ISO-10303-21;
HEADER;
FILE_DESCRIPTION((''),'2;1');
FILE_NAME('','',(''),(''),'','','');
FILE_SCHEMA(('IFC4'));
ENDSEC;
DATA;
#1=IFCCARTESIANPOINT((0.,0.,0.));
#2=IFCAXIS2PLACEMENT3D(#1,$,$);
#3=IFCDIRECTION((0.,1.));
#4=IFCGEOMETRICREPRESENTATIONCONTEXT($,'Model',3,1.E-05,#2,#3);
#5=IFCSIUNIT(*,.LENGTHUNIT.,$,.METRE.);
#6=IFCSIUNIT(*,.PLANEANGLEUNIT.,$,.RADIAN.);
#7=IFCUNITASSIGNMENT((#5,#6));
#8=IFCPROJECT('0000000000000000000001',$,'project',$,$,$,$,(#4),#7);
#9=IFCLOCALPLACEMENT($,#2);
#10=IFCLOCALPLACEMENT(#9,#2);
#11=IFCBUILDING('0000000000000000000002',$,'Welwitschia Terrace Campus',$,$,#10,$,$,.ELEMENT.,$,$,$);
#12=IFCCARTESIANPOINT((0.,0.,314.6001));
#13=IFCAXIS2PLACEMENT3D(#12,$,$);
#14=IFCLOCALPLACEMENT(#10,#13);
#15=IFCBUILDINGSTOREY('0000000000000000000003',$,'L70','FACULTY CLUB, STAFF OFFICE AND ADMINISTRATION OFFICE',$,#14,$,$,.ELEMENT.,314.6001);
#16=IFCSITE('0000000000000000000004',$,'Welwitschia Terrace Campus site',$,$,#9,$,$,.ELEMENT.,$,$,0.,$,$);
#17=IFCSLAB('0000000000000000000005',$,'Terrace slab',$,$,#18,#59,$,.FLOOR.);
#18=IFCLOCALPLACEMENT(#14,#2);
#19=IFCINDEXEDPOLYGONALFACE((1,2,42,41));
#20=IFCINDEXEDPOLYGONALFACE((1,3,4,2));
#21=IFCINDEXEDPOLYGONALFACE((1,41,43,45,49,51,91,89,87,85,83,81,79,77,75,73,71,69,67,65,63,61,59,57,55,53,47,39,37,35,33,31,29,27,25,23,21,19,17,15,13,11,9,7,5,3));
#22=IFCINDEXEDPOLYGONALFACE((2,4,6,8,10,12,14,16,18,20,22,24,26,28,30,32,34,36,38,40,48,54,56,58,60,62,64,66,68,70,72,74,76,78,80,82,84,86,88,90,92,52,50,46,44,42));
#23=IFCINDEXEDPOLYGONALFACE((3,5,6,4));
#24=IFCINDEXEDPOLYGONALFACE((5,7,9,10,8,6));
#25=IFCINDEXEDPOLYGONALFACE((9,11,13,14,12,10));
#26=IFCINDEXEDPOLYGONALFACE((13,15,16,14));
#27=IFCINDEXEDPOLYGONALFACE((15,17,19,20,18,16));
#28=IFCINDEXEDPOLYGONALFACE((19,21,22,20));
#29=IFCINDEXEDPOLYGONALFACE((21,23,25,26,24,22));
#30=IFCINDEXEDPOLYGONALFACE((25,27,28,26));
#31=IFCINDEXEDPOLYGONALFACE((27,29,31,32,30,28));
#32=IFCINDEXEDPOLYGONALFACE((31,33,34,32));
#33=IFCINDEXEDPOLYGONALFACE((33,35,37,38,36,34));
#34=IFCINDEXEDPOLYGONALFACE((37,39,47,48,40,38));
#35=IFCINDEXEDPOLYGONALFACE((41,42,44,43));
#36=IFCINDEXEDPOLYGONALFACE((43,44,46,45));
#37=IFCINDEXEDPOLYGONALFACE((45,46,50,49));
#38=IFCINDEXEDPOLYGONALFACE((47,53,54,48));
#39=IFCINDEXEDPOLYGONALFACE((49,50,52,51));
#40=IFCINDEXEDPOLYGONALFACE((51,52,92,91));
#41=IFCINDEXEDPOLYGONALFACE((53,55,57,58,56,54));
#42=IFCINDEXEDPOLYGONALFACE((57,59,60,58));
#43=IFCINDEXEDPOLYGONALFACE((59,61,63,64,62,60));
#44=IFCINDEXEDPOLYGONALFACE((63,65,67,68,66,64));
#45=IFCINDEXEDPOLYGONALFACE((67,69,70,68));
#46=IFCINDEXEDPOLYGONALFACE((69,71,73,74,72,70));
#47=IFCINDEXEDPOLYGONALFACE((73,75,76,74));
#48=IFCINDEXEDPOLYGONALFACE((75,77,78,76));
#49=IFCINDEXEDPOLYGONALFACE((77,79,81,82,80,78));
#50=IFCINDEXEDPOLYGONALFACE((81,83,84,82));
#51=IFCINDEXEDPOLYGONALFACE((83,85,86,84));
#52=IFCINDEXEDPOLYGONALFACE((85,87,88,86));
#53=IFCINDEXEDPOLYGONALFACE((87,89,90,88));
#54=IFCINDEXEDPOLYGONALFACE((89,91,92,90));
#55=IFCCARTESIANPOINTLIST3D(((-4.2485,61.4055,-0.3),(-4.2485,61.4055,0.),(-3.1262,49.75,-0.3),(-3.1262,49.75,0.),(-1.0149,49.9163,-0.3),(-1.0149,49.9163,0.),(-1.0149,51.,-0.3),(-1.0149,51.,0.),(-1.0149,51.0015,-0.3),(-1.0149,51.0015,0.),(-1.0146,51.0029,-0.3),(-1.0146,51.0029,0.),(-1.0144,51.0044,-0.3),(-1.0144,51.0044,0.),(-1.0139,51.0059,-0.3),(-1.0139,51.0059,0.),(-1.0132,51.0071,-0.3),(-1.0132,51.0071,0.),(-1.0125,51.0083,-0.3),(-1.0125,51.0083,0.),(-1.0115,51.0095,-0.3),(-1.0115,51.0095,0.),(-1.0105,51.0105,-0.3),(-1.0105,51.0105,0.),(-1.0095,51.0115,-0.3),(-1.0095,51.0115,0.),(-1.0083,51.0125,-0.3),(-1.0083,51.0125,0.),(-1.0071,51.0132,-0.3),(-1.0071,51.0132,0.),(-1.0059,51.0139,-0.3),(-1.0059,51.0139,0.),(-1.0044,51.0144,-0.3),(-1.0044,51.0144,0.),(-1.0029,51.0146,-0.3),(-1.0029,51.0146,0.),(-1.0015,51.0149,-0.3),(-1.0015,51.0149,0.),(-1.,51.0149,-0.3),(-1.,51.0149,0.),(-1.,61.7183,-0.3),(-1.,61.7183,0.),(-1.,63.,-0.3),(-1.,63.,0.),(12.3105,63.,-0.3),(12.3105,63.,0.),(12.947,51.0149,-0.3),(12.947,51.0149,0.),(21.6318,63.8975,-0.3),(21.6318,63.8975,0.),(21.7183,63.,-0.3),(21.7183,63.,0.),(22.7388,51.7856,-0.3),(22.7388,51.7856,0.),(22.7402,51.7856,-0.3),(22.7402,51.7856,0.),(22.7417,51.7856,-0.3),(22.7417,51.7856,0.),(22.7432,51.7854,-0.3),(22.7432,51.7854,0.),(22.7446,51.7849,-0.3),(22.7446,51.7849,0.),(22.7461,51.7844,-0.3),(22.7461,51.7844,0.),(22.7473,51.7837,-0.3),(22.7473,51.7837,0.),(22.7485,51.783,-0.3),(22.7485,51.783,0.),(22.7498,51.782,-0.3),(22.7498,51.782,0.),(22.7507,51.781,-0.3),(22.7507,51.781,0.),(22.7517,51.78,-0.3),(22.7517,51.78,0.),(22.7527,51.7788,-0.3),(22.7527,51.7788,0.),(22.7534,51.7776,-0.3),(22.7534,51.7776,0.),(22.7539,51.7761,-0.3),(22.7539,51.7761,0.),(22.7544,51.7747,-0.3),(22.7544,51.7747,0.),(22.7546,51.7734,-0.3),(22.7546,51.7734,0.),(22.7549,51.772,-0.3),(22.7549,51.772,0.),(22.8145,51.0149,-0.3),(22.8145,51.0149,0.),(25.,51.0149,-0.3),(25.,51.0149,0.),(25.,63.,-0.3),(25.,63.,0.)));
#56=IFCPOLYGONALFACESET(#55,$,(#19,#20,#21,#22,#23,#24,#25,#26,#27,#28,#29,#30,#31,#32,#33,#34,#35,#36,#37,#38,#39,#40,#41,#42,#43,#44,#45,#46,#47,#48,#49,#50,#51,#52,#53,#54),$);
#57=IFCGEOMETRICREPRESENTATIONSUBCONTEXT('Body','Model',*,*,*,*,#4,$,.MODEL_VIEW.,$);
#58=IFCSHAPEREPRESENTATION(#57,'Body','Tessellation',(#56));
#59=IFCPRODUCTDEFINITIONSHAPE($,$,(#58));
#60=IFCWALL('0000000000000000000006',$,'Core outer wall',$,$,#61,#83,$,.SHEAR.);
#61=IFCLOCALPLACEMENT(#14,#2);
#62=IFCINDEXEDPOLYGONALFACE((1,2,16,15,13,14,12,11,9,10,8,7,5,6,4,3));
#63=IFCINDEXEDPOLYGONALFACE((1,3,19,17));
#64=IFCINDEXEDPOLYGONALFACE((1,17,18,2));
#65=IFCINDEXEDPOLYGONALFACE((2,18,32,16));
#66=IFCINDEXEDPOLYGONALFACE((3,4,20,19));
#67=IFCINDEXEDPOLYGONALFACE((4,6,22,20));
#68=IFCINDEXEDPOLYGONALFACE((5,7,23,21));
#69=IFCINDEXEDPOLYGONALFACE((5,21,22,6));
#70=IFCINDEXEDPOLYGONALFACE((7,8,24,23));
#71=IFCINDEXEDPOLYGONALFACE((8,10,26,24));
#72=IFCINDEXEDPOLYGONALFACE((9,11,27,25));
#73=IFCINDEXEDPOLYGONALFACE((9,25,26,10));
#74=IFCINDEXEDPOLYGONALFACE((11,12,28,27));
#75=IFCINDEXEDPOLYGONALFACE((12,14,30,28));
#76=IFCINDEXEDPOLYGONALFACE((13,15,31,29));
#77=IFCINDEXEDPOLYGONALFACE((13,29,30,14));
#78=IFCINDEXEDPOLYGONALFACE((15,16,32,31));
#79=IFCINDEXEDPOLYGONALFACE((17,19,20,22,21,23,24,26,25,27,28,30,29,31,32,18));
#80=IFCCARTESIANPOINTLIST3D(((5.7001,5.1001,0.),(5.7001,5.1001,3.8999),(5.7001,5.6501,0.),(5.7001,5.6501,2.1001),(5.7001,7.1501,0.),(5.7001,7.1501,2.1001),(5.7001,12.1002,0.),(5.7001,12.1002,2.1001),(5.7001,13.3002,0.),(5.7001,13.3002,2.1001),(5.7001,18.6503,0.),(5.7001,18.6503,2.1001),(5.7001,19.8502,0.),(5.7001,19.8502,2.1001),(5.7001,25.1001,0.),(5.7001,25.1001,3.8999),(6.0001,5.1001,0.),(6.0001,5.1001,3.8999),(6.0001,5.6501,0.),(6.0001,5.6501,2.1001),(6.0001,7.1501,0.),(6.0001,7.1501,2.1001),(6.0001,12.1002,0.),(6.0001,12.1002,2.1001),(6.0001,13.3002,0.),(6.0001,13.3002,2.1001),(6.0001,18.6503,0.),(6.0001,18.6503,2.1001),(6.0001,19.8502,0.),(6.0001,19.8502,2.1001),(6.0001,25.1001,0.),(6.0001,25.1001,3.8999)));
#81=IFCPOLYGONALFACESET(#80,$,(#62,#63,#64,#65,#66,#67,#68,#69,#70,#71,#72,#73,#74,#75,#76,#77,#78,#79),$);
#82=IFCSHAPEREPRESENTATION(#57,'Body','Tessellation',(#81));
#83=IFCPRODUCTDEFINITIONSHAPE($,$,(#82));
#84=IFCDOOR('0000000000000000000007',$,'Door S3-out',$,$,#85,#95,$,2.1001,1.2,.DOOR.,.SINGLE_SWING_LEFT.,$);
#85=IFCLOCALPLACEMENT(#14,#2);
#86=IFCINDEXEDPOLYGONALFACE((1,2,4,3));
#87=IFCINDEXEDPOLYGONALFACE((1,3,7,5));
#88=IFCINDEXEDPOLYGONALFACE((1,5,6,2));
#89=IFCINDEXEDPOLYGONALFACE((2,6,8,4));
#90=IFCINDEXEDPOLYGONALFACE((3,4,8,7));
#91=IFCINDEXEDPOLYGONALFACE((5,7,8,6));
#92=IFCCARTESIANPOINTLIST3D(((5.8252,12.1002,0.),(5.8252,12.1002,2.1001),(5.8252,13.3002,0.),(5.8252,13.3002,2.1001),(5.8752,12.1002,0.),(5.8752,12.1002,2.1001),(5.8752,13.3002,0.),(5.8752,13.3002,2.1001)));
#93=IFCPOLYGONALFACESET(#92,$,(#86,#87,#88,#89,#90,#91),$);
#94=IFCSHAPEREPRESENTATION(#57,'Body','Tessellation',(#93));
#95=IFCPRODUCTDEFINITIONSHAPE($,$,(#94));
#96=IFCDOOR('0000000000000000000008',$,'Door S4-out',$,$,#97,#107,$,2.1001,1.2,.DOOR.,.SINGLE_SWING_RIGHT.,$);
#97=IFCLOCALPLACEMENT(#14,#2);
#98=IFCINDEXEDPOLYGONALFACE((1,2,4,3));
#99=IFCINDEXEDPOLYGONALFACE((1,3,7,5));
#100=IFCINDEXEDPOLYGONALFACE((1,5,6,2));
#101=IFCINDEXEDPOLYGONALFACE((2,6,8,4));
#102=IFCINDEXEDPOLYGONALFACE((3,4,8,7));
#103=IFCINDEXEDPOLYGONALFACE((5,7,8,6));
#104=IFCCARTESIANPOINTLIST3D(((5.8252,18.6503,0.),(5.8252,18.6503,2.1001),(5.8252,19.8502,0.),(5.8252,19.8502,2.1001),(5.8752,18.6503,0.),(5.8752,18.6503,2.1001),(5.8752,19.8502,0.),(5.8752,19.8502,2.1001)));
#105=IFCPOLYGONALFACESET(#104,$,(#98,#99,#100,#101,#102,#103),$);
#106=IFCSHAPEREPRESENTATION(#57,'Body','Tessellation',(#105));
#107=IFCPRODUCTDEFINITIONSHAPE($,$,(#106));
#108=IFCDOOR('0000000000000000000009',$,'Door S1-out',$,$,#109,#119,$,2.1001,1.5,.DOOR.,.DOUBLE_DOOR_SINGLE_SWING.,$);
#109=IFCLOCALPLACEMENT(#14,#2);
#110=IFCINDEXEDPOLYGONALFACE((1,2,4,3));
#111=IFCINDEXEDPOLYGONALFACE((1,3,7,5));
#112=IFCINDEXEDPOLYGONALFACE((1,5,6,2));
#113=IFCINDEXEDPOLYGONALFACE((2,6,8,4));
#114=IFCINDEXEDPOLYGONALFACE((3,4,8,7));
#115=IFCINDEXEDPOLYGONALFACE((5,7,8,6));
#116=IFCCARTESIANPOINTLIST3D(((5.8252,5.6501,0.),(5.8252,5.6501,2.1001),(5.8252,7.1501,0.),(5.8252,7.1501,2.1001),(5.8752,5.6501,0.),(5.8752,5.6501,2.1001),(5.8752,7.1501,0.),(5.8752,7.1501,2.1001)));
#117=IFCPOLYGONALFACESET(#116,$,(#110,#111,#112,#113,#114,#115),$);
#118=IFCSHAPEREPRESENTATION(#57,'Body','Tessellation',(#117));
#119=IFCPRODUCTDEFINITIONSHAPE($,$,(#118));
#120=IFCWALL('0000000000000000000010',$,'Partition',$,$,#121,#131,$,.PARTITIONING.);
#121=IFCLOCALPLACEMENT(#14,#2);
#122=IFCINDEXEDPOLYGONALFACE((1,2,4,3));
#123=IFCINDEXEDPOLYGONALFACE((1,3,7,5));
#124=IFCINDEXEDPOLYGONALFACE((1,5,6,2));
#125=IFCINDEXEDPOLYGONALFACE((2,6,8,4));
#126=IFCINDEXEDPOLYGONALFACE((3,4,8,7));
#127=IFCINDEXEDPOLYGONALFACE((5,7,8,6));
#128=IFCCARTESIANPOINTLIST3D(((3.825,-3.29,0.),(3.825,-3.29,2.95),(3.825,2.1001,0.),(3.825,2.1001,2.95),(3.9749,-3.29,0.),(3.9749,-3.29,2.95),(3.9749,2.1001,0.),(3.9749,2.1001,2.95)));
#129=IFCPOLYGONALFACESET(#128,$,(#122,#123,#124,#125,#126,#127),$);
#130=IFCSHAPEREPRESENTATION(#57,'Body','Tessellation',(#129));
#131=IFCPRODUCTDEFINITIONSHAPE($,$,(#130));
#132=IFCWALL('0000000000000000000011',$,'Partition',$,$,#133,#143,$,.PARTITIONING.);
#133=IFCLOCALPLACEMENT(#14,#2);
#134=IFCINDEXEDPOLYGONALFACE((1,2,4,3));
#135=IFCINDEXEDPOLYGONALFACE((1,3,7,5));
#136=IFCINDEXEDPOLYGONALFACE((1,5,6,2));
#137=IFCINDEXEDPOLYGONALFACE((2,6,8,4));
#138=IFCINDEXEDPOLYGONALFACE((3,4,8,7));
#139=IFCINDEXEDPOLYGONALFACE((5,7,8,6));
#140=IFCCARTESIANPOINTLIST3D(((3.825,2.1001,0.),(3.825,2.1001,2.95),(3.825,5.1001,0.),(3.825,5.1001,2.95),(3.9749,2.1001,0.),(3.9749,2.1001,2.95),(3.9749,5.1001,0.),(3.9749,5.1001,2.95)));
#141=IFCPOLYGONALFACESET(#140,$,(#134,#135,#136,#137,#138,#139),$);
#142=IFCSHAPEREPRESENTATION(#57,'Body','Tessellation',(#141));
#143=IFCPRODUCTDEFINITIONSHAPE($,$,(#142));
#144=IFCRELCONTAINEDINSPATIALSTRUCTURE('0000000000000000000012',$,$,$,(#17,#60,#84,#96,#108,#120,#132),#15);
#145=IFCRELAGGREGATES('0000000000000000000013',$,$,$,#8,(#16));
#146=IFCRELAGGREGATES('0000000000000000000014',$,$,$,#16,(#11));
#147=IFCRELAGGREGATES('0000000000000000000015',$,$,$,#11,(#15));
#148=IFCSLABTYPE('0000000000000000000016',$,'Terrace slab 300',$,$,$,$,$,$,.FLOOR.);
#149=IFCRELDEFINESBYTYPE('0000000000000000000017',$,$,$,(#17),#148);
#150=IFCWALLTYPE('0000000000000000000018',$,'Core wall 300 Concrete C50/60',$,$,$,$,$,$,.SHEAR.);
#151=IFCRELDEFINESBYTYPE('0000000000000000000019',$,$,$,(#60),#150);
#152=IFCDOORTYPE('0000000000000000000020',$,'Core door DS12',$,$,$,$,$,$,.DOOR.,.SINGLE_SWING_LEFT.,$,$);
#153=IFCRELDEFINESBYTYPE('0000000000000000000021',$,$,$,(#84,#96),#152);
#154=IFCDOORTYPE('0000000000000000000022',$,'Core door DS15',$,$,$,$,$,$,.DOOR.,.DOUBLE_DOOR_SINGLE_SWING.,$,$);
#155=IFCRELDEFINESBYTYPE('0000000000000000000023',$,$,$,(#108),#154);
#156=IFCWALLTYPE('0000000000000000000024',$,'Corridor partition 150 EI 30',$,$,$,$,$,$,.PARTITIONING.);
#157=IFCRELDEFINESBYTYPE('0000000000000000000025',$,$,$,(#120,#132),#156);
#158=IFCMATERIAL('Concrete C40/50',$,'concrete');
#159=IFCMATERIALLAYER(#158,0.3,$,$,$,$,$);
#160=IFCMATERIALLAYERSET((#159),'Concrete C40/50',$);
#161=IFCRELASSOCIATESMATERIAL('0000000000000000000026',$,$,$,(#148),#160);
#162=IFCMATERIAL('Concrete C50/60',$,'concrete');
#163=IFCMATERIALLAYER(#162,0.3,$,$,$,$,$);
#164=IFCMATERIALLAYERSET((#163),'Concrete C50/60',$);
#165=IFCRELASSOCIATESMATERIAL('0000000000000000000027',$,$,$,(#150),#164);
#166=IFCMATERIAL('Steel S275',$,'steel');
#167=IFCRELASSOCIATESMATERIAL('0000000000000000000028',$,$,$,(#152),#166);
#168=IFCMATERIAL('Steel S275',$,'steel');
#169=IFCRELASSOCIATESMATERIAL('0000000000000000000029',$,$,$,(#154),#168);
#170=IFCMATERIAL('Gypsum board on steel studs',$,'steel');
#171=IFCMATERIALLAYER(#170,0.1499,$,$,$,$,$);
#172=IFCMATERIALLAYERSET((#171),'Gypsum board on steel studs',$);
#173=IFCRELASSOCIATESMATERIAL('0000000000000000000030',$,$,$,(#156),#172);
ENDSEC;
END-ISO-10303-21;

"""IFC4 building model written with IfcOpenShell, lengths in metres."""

from ifc_helpers import new_model, si_unit, direction, frame, frame_2d, origin, place, context, subcontext, project, spatial, polyline, rectangle, outline, extrude, material, layer, layer_set, type_object, element, fill, save


model = new_model("IFC4")

# Units and contexts
model_context = context("Model", 3, precision=1e-05, world=origin(), true_north=direction((0.0, 1.0)))
body_context = subcontext(model_context, "Body", "Model", "MODEL_VIEW")
ifc_project = project(units=[si_unit("LENGTHUNIT", "METRE"), si_unit("PLANEANGLEUNIT", "RADIAN")], contexts=[model_context])

# Site, building, storey
site_placement = place(None, origin())
site = spatial("IfcSite", under=ifc_project, at=site_placement, Name="Welwitschia Terrace Campus site", CompositionType="ELEMENT", RefElevation=0.0)
building_placement = place(site_placement, origin())
building = spatial("IfcBuilding", under=site, at=building_placement, Name="Welwitschia Terrace Campus", CompositionType="ELEMENT")
storey_placement = place(building_placement, frame((0.0, 0.0, 314.6001)))
storey = spatial("IfcBuildingStorey", under=building, at=storey_placement, Name="L70", Description="FACULTY CLUB, STAFF OFFICE AND ADMINISTRATION OFFICE", CompositionType="ELEMENT", Elevation=314.6001)

# Slab
ifc_material_1 = material(Name="Concrete C40/50", Category="concrete")
ifc_layer_1 = layer(ifc_material_1, 0.3)
ifc_layer_set_1 = layer_set([ifc_layer_1], Name="Concrete C40/50")
slab_type_1 = type_object("IfcSlabType", Name="Terrace slab 300", PredefinedType="FLOOR", material=ifc_layer_set_1)
slab_1_placement = place(storey_placement, frame((0.0, 0.0, -0.3)))
element("IfcSlab", 1, at=slab_1_placement, inside=storey, type_object=slab_type_1, Name="Terrace slab", PredefinedType="FLOOR", context=body_context, shape_type="SweptSolid", body=[
    extrude(outline(polyline([(-4.2485, 61.4055), (-1.0, 61.7183), (-1.0, 63.0), (12.3105, 63.0), (21.6318, 63.8975), (21.7183, 63.0), (25.0, 63.0), (25.0, 51.0149), (22.8145, 51.0149), (22.7549, 51.772), (22.7546, 51.7734), (22.7544, 51.7747), (22.7539, 51.7761), (22.7534, 51.7776), (22.7527, 51.7788), (22.7517, 51.78), (22.7507, 51.781), (22.7498, 51.782), (22.7485, 51.783), (22.7473, 51.7837), (22.7461, 51.7844), (22.7446, 51.7849), (22.7432, 51.7854), (22.7417, 51.7856), (22.7402, 51.7856), (22.7388, 51.7856), (12.947, 51.0149), (-1.0, 51.0149), (-1.0015, 51.0149), (-1.0029, 51.0146), (-1.0044, 51.0144), (-1.0059, 51.0139), (-1.0071, 51.0132), (-1.0083, 51.0125), (-1.0095, 51.0115), (-1.0105, 51.0105), (-1.0115, 51.0095), (-1.0125, 51.0083), (-1.0132, 51.0071), (-1.0139, 51.0059), (-1.0144, 51.0044), (-1.0146, 51.0029), (-1.0149, 51.0015), (-1.0149, 51.0), (-1.0149, 49.9163), (-3.1262, 49.75), (-4.2485, 61.4055)])), origin(), (0.0, 0.0, 1.0), 0.3),
])

# Wall, openings, doors
ifc_material_2 = material(Name="Concrete C50/60", Category="concrete")
ifc_layer_2 = layer(ifc_material_2, 0.3)
ifc_layer_set_2 = layer_set([ifc_layer_2], Name="Concrete C50/60")
wall_type_1 = type_object("IfcWallType", Name="Core wall 300 Concrete C50/60", PredefinedType="SHEAR", material=ifc_layer_set_2)
wall_1_placement = place(storey_placement, frame((5.8501, 5.1001, 0.0), z_axis=(0.0, 0.0, 1.0), x_axis=(0.0, 1.0, 0.0)))
wall_1 = element("IfcWall", 2, at=wall_1_placement, inside=storey, type_object=wall_type_1, Name="Core outer wall", PredefinedType="SHEAR", context=body_context, shape_type="SweptSolid", body=[
    extrude(rectangle(XDim=20.0, YDim=0.3, at=frame_2d((10.0, 0.0))), origin(), (0.0, 0.0, 1.0), 3.8999),
])
opening_1_placement = place(wall_1_placement, frame((0.55, 0.0, 0.0)))
opening_1 = element("IfcOpeningElement", 3, at=opening_1_placement, cuts=wall_1, PredefinedType="OPENING", context=body_context, shape_type="SweptSolid", body=[
    extrude(rectangle(XDim=1.5, YDim=2.1001, at=frame_2d((0.75, 1.05))), frame((0.0, 0.1599, 0.0), z_axis=(0.0, -1.0, 0.0), x_axis=(1.0, 0.0, 0.0)), (0.0, 0.0, 1.0), 0.3201),
])
opening_2_placement = place(wall_1_placement, frame((7.0, 0.0, 0.0)))
opening_2 = element("IfcOpeningElement", 4, at=opening_2_placement, cuts=wall_1, PredefinedType="OPENING", context=body_context, shape_type="SweptSolid", body=[
    extrude(rectangle(XDim=1.2, YDim=2.1001, at=frame_2d((0.6001, 1.05))), frame((0.0, 0.1599, 0.0), z_axis=(0.0, -1.0, 0.0), x_axis=(1.0, 0.0, 0.0)), (0.0, 0.0, 1.0), 0.3201),
])
opening_3_placement = place(wall_1_placement, frame((13.55, 0.0, 0.0)))
opening_3 = element("IfcOpeningElement", 5, at=opening_3_placement, cuts=wall_1, PredefinedType="OPENING", context=body_context, shape_type="SweptSolid", body=[
    extrude(rectangle(XDim=1.2, YDim=2.1001, at=frame_2d((0.6001, 1.05))), frame((0.0, 0.1599, 0.0), z_axis=(0.0, -1.0, 0.0), x_axis=(1.0, 0.0, 0.0)), (0.0, 0.0, 1.0), 0.3201),
])
ifc_material_3 = material(Name="Steel S275", Category="steel")
door_type_1 = type_object("IfcDoorType", Name="Core door DS12", OperationType="SINGLE_SWING_LEFT", PredefinedType="DOOR", material=ifc_material_3)
door_1_placement = place(opening_2_placement, origin())
door_1 = element("IfcDoor", 6, at=door_1_placement, inside=storey, type_object=door_type_1, Name="Door S3-out", OperationType="SINGLE_SWING_LEFT", OverallHeight=2.1001, OverallWidth=1.2, PredefinedType="DOOR", context=body_context, shape_type="SweptSolid", body=[
    extrude(rectangle(XDim=1.2, YDim=2.1001, at=frame_2d((0.6001, 1.05))), frame((0.0, 0.0249, 0.0), z_axis=(0.0, -1.0, 0.0), x_axis=(1.0, 0.0, 0.0)), (0.0, 0.0, 1.0), 0.05),
])
fill(opening_2, door_1)
door_2_placement = place(opening_3_placement, origin())
door_2 = element("IfcDoor", 7, at=door_2_placement, inside=storey, type_object=door_type_1, Name="Door S4-out", OperationType="SINGLE_SWING_RIGHT", OverallHeight=2.1001, OverallWidth=1.2, PredefinedType="DOOR", context=body_context, shape_type="SweptSolid", body=[
    extrude(rectangle(XDim=1.2, YDim=2.1001, at=frame_2d((0.6001, 1.05))), frame((0.0, 0.0249, 0.0), z_axis=(0.0, -1.0, 0.0), x_axis=(1.0, 0.0, 0.0)), (0.0, 0.0, 1.0), 0.05),
])
fill(opening_3, door_2)
ifc_material_4 = material(Name="Steel S275", Category="steel")
door_type_2 = type_object("IfcDoorType", Name="Core door DS15", OperationType="DOUBLE_DOOR_SINGLE_SWING", PredefinedType="DOOR", material=ifc_material_4)
door_3_placement = place(opening_1_placement, origin())
door_3 = element("IfcDoor", 8, at=door_3_placement, inside=storey, type_object=door_type_2, Name="Door S1-out", OperationType="DOUBLE_DOOR_SINGLE_SWING", OverallHeight=2.1001, OverallWidth=1.5, PredefinedType="DOOR", context=body_context, shape_type="SweptSolid", body=[
    extrude(rectangle(XDim=1.5, YDim=2.1001, at=frame_2d((0.75, 1.05))), frame((0.0, 0.0249, 0.0), z_axis=(0.0, -1.0, 0.0), x_axis=(1.0, 0.0, 0.0)), (0.0, 0.0, 1.0), 0.05),
])
fill(opening_1, door_3)

# Walls
ifc_material_5 = material(Name="Gypsum board on steel studs", Category="steel")
ifc_layer_3 = layer(ifc_material_5, 0.1499)
ifc_layer_set_3 = layer_set([ifc_layer_3], Name="Gypsum board on steel studs")
wall_type_2 = type_object("IfcWallType", Name="Corridor partition 150 EI 30", PredefinedType="PARTITIONING", material=ifc_layer_set_3)
wall_2_placement = place(storey_placement, frame((3.8999, -3.29, 0.0), z_axis=(0.0, 0.0, 1.0), x_axis=(0.0, 1.0, 0.0)))
element("IfcWall", 9, at=wall_2_placement, inside=storey, type_object=wall_type_2, Name="Partition", PredefinedType="PARTITIONING", context=body_context, shape_type="SweptSolid", body=[
    extrude(rectangle(XDim=5.3901, YDim=0.1499, at=frame_2d((2.6951, 0.0))), origin(), (0.0, 0.0, 1.0), 2.95),
])
wall_3_placement = place(storey_placement, frame((3.8999, 2.1001, 0.0), z_axis=(0.0, 0.0, 1.0), x_axis=(0.0, 1.0, 0.0)))
element("IfcWall", 10, at=wall_3_placement, inside=storey, type_object=wall_type_2, Name="Partition", PredefinedType="PARTITIONING", context=body_context, shape_type="SweptSolid", body=[
    extrude(rectangle(XDim=3.0, YDim=0.1499, at=frame_2d((1.5, 0.0))), origin(), (0.0, 0.0, 1.0), 2.95),
])

save(model, "model.ifc")
